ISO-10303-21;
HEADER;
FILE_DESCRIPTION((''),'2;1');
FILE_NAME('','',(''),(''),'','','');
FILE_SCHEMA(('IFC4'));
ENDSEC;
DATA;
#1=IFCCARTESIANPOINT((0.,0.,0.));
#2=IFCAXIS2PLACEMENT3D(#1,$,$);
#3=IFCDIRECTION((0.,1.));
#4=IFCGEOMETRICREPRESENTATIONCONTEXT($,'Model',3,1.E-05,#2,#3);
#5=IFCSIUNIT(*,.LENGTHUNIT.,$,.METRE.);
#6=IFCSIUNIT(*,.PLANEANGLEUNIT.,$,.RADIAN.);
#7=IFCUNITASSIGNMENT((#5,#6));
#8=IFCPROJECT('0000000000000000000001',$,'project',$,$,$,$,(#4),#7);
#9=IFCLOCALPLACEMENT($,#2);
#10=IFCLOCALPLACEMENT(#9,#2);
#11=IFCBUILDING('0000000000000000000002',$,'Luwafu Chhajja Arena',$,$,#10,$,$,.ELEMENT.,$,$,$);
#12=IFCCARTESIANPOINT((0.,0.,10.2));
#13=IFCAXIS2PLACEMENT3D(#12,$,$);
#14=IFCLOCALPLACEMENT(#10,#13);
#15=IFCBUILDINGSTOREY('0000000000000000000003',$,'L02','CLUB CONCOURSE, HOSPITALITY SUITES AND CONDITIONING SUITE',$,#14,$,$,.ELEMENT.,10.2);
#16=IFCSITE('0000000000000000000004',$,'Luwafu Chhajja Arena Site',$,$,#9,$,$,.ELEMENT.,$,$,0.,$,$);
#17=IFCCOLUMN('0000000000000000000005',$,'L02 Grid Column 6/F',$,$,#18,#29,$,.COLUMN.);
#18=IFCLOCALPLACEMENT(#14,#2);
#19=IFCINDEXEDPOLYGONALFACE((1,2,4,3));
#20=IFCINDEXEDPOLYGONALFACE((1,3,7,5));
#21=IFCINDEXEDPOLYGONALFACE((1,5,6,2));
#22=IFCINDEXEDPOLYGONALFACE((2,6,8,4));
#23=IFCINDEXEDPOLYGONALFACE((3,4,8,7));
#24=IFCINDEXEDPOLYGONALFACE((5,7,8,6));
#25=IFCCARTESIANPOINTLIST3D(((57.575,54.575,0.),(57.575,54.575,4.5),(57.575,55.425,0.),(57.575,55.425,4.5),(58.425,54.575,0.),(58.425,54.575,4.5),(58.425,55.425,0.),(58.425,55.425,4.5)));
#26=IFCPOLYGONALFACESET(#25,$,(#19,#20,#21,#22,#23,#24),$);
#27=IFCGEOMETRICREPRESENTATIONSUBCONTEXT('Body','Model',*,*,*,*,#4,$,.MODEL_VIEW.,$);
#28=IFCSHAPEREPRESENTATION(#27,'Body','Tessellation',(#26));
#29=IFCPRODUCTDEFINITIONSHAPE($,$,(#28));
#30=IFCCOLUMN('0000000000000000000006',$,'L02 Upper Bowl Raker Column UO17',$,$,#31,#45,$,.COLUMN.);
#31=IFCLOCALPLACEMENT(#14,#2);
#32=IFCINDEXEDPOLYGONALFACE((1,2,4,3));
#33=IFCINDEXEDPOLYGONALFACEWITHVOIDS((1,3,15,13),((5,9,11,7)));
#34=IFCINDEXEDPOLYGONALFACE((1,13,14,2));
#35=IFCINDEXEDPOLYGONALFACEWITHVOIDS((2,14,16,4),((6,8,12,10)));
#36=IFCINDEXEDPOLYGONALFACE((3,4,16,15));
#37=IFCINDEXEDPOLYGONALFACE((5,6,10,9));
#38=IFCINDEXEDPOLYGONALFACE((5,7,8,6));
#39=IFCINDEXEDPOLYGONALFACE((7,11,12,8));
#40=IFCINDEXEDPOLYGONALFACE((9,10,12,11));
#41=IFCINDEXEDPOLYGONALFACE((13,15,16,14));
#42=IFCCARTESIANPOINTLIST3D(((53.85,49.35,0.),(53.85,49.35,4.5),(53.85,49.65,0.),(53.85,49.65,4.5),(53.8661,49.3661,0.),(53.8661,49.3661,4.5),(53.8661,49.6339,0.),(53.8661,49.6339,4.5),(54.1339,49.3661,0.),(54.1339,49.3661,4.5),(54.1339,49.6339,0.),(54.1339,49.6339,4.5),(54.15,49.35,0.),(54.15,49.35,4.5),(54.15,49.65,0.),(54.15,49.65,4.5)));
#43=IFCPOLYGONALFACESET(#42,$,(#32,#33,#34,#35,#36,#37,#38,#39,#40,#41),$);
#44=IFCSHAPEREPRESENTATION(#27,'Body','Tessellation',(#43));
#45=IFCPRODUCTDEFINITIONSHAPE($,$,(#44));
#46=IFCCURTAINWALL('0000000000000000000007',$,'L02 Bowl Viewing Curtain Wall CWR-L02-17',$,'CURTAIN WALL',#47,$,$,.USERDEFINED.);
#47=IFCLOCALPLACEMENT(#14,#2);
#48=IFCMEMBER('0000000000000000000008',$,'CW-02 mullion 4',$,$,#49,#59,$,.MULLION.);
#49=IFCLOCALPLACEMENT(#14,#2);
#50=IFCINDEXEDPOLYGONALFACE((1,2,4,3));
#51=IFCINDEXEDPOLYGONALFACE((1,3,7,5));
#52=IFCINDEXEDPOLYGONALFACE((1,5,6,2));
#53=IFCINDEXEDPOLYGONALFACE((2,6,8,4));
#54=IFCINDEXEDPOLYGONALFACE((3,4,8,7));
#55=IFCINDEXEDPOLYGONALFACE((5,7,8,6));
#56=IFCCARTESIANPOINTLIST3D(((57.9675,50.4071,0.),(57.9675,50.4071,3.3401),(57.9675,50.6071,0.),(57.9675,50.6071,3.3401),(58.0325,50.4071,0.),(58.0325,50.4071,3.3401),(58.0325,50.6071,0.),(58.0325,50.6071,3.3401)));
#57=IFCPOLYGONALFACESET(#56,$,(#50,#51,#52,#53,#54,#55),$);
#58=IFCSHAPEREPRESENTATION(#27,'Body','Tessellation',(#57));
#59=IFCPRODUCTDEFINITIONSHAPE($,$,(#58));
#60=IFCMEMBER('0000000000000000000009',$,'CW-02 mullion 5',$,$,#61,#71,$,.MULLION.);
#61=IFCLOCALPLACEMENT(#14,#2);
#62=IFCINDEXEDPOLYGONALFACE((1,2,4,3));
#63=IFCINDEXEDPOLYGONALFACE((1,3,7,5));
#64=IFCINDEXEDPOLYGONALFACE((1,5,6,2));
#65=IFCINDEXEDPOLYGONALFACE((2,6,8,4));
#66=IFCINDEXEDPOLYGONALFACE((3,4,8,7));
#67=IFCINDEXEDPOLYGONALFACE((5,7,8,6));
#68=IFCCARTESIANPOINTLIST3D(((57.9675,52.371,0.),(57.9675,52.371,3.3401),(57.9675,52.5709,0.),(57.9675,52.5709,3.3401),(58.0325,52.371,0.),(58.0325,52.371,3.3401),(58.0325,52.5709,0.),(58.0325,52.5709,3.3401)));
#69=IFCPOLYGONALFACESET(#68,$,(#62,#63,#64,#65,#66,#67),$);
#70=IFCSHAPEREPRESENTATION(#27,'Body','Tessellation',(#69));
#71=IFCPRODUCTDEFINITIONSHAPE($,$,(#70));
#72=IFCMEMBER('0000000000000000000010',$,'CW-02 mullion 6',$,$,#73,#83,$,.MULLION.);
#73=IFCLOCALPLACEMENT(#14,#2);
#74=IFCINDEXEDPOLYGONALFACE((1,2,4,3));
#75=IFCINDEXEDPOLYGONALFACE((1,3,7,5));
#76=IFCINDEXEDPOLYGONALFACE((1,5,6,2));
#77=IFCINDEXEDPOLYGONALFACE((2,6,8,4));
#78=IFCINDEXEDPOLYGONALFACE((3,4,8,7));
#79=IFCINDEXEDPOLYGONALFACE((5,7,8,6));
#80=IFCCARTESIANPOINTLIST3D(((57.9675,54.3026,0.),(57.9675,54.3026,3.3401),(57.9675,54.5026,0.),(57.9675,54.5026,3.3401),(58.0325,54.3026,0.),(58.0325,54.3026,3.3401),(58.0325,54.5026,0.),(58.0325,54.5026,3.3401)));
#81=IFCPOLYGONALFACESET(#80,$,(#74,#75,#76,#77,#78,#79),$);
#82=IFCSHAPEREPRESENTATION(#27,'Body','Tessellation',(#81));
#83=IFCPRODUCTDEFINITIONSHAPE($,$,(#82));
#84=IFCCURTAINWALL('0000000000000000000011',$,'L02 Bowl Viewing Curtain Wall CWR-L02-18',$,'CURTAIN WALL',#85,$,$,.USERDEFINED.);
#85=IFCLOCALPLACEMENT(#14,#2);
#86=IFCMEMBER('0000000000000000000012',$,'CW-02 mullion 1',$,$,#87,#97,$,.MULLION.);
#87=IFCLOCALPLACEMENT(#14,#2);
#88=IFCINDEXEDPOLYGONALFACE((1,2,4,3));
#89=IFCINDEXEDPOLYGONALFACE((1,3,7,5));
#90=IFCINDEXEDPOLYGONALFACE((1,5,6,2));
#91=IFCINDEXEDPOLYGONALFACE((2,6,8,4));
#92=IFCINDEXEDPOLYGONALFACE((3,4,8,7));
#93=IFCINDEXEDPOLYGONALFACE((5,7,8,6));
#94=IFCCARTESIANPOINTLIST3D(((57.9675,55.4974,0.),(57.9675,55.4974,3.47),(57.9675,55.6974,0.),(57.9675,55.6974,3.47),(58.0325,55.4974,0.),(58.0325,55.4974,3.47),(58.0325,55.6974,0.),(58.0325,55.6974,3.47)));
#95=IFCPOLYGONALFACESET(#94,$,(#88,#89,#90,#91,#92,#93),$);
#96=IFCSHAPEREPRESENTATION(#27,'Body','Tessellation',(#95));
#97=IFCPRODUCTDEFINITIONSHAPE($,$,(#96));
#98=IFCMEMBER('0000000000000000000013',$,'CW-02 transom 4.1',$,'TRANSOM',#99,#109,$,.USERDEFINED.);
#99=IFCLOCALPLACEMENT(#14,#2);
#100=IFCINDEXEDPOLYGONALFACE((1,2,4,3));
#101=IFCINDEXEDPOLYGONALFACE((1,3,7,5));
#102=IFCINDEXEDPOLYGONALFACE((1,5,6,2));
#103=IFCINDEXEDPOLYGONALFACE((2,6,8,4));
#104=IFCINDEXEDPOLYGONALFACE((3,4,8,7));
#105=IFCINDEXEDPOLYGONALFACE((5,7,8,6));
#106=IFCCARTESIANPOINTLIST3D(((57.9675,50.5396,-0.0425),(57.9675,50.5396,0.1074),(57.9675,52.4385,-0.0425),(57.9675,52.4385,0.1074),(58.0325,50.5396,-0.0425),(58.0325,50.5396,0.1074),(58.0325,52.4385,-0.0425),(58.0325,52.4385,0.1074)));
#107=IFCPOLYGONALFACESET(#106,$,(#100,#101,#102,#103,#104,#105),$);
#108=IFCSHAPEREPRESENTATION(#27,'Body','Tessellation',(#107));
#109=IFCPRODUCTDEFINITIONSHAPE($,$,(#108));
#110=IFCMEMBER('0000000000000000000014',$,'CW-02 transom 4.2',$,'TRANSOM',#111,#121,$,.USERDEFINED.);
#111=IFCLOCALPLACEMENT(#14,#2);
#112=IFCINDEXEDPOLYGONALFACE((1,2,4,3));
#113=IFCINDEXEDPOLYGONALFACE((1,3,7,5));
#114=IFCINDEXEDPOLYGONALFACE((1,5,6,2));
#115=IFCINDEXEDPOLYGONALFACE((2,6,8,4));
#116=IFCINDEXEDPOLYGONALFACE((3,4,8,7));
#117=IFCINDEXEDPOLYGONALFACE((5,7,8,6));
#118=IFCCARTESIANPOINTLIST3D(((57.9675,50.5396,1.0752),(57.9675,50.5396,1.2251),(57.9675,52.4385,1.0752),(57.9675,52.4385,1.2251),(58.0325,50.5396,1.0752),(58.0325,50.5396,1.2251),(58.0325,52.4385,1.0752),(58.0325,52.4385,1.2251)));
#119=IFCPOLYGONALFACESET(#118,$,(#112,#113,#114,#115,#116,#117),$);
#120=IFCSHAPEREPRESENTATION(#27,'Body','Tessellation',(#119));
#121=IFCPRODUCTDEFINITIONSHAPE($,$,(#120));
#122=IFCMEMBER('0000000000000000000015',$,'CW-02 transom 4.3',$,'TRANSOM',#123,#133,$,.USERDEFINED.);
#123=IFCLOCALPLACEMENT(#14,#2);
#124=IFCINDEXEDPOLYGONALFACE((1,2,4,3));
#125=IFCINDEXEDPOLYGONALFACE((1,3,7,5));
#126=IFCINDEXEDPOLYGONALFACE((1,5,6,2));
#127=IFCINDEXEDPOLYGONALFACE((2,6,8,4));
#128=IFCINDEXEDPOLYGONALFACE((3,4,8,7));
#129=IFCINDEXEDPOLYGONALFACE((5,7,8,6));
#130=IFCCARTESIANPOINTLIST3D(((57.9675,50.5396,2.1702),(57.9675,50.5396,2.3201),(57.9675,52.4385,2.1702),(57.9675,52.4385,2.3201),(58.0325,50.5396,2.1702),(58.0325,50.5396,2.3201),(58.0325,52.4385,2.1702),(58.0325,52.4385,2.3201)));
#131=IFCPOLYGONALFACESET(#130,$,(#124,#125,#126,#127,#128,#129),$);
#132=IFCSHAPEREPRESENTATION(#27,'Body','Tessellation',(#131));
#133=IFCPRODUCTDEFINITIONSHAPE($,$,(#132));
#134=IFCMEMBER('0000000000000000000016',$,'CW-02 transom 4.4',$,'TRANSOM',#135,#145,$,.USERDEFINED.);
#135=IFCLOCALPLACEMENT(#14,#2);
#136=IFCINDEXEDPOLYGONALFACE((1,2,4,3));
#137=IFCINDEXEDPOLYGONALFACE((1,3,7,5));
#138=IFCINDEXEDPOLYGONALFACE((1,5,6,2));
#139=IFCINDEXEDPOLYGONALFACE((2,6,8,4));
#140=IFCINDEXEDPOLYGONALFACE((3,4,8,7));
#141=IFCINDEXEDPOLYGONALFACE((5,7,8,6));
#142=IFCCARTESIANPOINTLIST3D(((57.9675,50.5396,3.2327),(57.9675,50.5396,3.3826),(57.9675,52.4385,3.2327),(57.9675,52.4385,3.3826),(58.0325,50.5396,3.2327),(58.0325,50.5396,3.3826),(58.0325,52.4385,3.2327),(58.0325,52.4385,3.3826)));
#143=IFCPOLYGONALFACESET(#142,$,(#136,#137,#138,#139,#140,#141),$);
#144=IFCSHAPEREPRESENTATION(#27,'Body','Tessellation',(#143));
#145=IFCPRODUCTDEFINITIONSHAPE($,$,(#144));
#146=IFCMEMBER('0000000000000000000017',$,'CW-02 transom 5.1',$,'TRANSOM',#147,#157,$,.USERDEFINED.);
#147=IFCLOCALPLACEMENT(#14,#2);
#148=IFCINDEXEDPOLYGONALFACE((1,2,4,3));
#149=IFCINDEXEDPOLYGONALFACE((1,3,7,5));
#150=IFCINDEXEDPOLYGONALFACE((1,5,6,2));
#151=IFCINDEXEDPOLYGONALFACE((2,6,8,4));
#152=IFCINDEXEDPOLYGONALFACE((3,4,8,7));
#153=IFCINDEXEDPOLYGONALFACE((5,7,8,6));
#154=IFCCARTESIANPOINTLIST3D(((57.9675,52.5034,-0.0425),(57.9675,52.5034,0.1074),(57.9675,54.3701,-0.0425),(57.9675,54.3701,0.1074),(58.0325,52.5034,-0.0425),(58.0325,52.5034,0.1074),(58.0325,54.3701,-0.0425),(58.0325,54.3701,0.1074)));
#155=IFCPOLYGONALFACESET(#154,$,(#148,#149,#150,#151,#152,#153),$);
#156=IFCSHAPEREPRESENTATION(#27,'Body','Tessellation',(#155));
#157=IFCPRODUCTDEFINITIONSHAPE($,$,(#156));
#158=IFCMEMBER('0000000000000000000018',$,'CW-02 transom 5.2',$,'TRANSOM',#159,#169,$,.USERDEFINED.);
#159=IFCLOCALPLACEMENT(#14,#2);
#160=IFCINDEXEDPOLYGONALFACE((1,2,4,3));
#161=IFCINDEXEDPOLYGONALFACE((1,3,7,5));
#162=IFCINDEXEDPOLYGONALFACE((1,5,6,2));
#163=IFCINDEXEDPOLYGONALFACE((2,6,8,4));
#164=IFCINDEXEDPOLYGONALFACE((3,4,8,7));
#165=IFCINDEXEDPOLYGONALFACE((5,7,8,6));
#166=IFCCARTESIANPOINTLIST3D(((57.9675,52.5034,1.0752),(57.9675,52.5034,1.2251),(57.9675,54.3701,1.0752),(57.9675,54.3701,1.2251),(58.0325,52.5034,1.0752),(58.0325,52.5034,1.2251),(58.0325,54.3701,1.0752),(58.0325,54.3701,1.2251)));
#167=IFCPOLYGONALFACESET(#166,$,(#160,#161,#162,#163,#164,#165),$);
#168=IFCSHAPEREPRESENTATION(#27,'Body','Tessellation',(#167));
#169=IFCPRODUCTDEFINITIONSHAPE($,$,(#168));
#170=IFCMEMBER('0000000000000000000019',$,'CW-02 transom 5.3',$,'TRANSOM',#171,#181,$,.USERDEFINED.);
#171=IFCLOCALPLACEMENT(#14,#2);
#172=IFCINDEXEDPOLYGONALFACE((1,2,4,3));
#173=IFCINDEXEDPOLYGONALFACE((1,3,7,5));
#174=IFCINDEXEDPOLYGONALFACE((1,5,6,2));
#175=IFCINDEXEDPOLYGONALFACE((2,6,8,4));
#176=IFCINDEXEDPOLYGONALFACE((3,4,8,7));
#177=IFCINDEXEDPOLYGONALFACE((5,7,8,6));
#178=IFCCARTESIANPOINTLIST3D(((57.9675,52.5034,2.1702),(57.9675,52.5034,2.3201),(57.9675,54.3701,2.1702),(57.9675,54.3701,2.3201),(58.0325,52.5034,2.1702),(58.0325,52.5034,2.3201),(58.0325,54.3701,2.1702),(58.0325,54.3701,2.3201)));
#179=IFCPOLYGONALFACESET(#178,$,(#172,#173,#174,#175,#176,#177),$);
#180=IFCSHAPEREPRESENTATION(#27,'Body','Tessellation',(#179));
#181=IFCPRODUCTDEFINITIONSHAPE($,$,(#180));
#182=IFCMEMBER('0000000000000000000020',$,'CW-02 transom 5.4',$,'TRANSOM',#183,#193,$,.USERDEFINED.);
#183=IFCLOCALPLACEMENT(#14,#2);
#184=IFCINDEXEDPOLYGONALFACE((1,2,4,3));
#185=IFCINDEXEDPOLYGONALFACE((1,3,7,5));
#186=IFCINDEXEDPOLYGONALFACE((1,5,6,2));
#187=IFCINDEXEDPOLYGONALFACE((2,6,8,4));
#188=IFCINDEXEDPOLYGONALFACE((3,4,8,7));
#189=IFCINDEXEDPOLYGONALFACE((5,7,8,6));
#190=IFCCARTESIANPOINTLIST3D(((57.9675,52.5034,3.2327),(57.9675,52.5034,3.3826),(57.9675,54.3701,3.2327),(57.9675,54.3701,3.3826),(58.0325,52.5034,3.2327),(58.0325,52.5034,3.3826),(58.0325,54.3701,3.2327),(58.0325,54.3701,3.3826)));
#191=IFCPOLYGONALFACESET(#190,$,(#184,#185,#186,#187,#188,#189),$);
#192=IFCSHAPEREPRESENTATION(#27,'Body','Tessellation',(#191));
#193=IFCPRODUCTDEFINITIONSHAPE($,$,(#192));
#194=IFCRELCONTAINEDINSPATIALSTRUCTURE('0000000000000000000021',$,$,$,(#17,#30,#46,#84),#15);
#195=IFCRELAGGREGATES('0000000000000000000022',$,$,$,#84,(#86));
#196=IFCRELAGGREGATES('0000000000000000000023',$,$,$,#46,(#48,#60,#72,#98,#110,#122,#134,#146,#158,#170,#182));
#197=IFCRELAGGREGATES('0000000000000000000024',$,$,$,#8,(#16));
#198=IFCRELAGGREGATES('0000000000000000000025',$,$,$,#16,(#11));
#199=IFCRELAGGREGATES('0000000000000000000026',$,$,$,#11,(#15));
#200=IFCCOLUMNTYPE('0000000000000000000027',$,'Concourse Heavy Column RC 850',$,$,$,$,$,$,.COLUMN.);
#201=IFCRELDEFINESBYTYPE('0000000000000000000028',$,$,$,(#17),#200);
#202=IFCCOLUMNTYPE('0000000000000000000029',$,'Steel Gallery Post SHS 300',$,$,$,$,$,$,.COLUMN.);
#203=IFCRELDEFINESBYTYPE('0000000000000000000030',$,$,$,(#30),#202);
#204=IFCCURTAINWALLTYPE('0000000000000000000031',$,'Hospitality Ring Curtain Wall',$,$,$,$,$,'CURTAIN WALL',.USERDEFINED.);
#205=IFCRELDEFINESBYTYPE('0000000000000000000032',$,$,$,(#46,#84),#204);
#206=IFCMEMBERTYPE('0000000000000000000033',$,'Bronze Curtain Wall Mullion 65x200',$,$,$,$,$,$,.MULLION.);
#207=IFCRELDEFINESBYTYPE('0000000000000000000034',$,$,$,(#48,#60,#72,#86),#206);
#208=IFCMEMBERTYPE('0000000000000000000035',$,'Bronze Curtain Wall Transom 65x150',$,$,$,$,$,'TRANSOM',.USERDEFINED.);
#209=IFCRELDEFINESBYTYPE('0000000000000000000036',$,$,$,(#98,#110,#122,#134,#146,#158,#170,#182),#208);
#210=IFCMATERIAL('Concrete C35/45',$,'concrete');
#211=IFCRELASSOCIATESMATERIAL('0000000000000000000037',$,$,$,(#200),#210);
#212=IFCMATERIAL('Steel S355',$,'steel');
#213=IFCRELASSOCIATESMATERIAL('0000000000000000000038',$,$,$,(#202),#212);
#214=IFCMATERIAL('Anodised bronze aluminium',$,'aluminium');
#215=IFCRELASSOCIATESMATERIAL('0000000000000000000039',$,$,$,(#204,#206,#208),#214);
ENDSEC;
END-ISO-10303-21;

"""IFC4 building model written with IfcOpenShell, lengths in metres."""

from ifc_helpers import new_model, si_unit, direction, frame, origin, origin_2d, place, context, subcontext, project, spatial, rectangle, hollow_rectangle, extrude, material, material_profile, profile_set, type_object, element, aggregate, save


model = new_model("IFC4")

# Units and contexts
model_context = context("Model", 3, precision=1e-05, world=origin(), true_north=direction((0.0, 1.0)))
body_context = subcontext(model_context, "Body", "Model", "MODEL_VIEW")
ifc_project = project(units=[si_unit("LENGTHUNIT", "METRE"), si_unit("PLANEANGLEUNIT", "RADIAN")], contexts=[model_context])

# Site, building, storey
site_placement = place(None, origin())
site = spatial("IfcSite", under=ifc_project, at=site_placement, Name="Luwafu Chhajja Arena Site", CompositionType="ELEMENT", RefElevation=0.0)
building_placement = place(site_placement, origin())
building = spatial("IfcBuilding", under=site, at=building_placement, Name="Luwafu Chhajja Arena", CompositionType="ELEMENT")
storey_placement = place(building_placement, frame((0.0, 0.0, 10.2)))
storey = spatial("IfcBuildingStorey", under=building, at=storey_placement, Name="L02", Description="CLUB CONCOURSE, HOSPITALITY SUITES AND CONDITIONING SUITE", CompositionType="ELEMENT", Elevation=10.2)

# Columns
ifc_material_1 = material(Name="Concrete C35/45", Category="concrete")
ifc_material_profile_1 = material_profile(ifc_material_1, rectangle(XDim=0.8501, YDim=0.8501, at=origin_2d()), Name="RC 850x850")
ifc_profile_set_1 = profile_set([ifc_material_profile_1], Name="Concrete C35/45")
column_type_1 = type_object("IfcColumnType", Name="Concourse Heavy Column RC 850", PredefinedType="COLUMN", material=ifc_profile_set_1)
column_1_placement = place(storey_placement, frame((58.0, 55.0, 0.0), z_axis=(0.0, 0.0, 1.0), x_axis=(1.0, 0.0, 0.0)))
element("IfcColumn", 1, at=column_1_placement, inside=storey, type_object=column_type_1, Name="L02 Grid Column 6/F", PredefinedType="COLUMN", context=body_context, shape_type="SweptSolid", body=[
    extrude(rectangle(XDim=0.8501, YDim=0.8501, at=origin_2d()), origin(), (0.0, 0.0, 1.0), 4.5),
])
ifc_material_2 = material(Name="Steel S355", Category="steel")
ifc_material_profile_2 = material_profile(ifc_material_2, hollow_rectangle(XDim=0.3, YDim=0.3, WallThickness=0.0161, at=origin_2d()), Name="SHS 300x300x16")
ifc_profile_set_2 = profile_set([ifc_material_profile_2], Name="Steel S355")
column_type_2 = type_object("IfcColumnType", Name="Steel Gallery Post SHS 300", PredefinedType="COLUMN", material=ifc_profile_set_2)
column_2_placement = place(storey_placement, frame((54.0, 49.5, 0.0), z_axis=(0.0, 0.0, 1.0), x_axis=(1.0, 0.0, 0.0)))
element("IfcColumn", 2, at=column_2_placement, inside=storey, type_object=column_type_2, Name="L02 Upper Bowl Raker Column UO17", PredefinedType="COLUMN", context=body_context, shape_type="SweptSolid", body=[
    extrude(hollow_rectangle(XDim=0.3, YDim=0.3, WallThickness=0.0161, at=origin_2d()), origin(), (0.0, 0.0, 1.0), 4.5),
])

# Curtain wall, members
ifc_material_3 = material(Name="Anodised bronze aluminium", Category="aluminium")
curtain_wall_type = type_object("IfcCurtainWallType", Name="Hospitality Ring Curtain Wall", ElementType="CURTAIN WALL", PredefinedType="USERDEFINED", material=ifc_material_3)
curtain_wall_1_placement = place(storey_placement, origin())
curtain_wall_1 = element("IfcCurtainWall", 3, at=curtain_wall_1_placement, inside=storey, type_object=curtain_wall_type, Name="L02 Bowl Viewing Curtain Wall CWR-L02-17", ObjectType="CURTAIN WALL", PredefinedType="USERDEFINED")
ifc_material_profile_3 = material_profile(ifc_material_3, rectangle(XDim=0.0649, YDim=0.2, at=origin_2d()), Name="CWM 65x200")
ifc_profile_set_3 = profile_set([ifc_material_profile_3], Name="Anodised bronze aluminium")
member_type_1 = type_object("IfcMemberType", Name="Bronze Curtain Wall Mullion 65x200", PredefinedType="MULLION", material=ifc_profile_set_3)
member_1_placement = place(storey_placement, frame((58.0, 50.5071, 0.0), z_axis=(0.0, 0.0, 1.0), x_axis=(-1.0, 0.0, 0.0)))
member_1 = element("IfcMember", 4, at=member_1_placement, type_object=member_type_1, Name="CW-02 mullion 4", PredefinedType="MULLION", context=body_context, shape_type="SweptSolid", body=[
    extrude(rectangle(XDim=0.0649, YDim=0.2, at=origin_2d()), origin(), (0.0, 0.0, 1.0), 3.3401),
])
member_2_placement = place(storey_placement, frame((58.0, 52.4709, 0.0), z_axis=(0.0, 0.0, 1.0), x_axis=(-1.0, 0.0, 0.0)))
member_2 = element("IfcMember", 5, at=member_2_placement, type_object=member_type_1, Name="CW-02 mullion 5", PredefinedType="MULLION", context=body_context, shape_type="SweptSolid", body=[
    extrude(rectangle(XDim=0.0649, YDim=0.2, at=origin_2d()), origin(), (0.0, 0.0, 1.0), 3.3401),
])
member_3_placement = place(storey_placement, frame((58.0, 54.4026, 0.0), z_axis=(0.0, 0.0, 1.0), x_axis=(-1.0, 0.0, 0.0)))
member_3 = element("IfcMember", 6, at=member_3_placement, type_object=member_type_1, Name="CW-02 mullion 6", PredefinedType="MULLION", context=body_context, shape_type="SweptSolid", body=[
    extrude(rectangle(XDim=0.0649, YDim=0.2, at=origin_2d()), origin(), (0.0, 0.0, 1.0), 3.3401),
])

# Curtain wall, member
curtain_wall_2_placement = place(storey_placement, origin())
curtain_wall_2 = element("IfcCurtainWall", 7, at=curtain_wall_2_placement, inside=storey, type_object=curtain_wall_type, Name="L02 Bowl Viewing Curtain Wall CWR-L02-18", ObjectType="CURTAIN WALL", PredefinedType="USERDEFINED")
member_4_placement = place(storey_placement, frame((58.0, 55.5974, 0.0), z_axis=(0.0, 0.0, 1.0), x_axis=(-1.0, 0.0, 0.0)))
member_4 = element("IfcMember", 8, at=member_4_placement, type_object=member_type_1, Name="CW-02 mullion 1", PredefinedType="MULLION", context=body_context, shape_type="SweptSolid", body=[
    extrude(rectangle(XDim=0.0649, YDim=0.2, at=origin_2d()), origin(), (0.0, 0.0, 1.0), 3.47),
])

# Members
ifc_material_profile_4 = material_profile(ifc_material_3, rectangle(XDim=0.0649, YDim=0.1499, at=origin_2d()), Name="CWT 65x150")
ifc_profile_set_4 = profile_set([ifc_material_profile_4], Name="Anodised bronze aluminium")
member_type_2 = type_object("IfcMemberType", Name="Bronze Curtain Wall Transom 65x150", ElementType="TRANSOM", PredefinedType="USERDEFINED", material=ifc_profile_set_4)
member_5_placement = place(storey_placement, frame((58.0, 50.5396, 0.0325), z_axis=(0.0, 1.0, 0.0), x_axis=(-1.0, 0.0, 0.0)))
member_5 = element("IfcMember", 9, at=member_5_placement, type_object=member_type_2, Name="CW-02 transom 4.1", ObjectType="TRANSOM", PredefinedType="USERDEFINED", context=body_context, shape_type="SweptSolid", body=[
    extrude(rectangle(XDim=0.0649, YDim=0.1499, at=origin_2d()), origin(), (0.0, 0.0, 1.0), 1.8989),
])
member_6_placement = place(storey_placement, frame((58.0, 50.5396, 1.1501), z_axis=(0.0, 1.0, 0.0), x_axis=(-1.0, 0.0, 0.0)))
member_6 = element("IfcMember", 10, at=member_6_placement, type_object=member_type_2, Name="CW-02 transom 4.2", ObjectType="TRANSOM", PredefinedType="USERDEFINED", context=body_context, shape_type="SweptSolid", body=[
    extrude(rectangle(XDim=0.0649, YDim=0.1499, at=origin_2d()), origin(), (0.0, 0.0, 1.0), 1.8989),
])
member_7_placement = place(storey_placement, frame((58.0, 50.5396, 2.2451), z_axis=(0.0, 1.0, 0.0), x_axis=(-1.0, 0.0, 0.0)))
member_7 = element("IfcMember", 11, at=member_7_placement, type_object=member_type_2, Name="CW-02 transom 4.3", ObjectType="TRANSOM", PredefinedType="USERDEFINED", context=body_context, shape_type="SweptSolid", body=[
    extrude(rectangle(XDim=0.0649, YDim=0.1499, at=origin_2d()), origin(), (0.0, 0.0, 1.0), 1.8989),
])
member_8_placement = place(storey_placement, frame((58.0, 50.5396, 3.3076), z_axis=(0.0, 1.0, 0.0), x_axis=(-1.0, 0.0, 0.0)))
member_8 = element("IfcMember", 12, at=member_8_placement, type_object=member_type_2, Name="CW-02 transom 4.4", ObjectType="TRANSOM", PredefinedType="USERDEFINED", context=body_context, shape_type="SweptSolid", body=[
    extrude(rectangle(XDim=0.0649, YDim=0.1499, at=origin_2d()), origin(), (0.0, 0.0, 1.0), 1.8989),
])
member_9_placement = place(storey_placement, frame((58.0, 52.5034, 0.0325), z_axis=(0.0, 1.0, 0.0), x_axis=(-1.0, 0.0, 0.0)))
member_9 = element("IfcMember", 13, at=member_9_placement, type_object=member_type_2, Name="CW-02 transom 5.1", ObjectType="TRANSOM", PredefinedType="USERDEFINED", context=body_context, shape_type="SweptSolid", body=[
    extrude(rectangle(XDim=0.0649, YDim=0.1499, at=origin_2d()), origin(), (0.0, 0.0, 1.0), 1.8667),
])
member_10_placement = place(storey_placement, frame((58.0, 52.5034, 1.1501), z_axis=(0.0, 1.0, 0.0), x_axis=(-1.0, 0.0, 0.0)))
member_10 = element("IfcMember", 14, at=member_10_placement, type_object=member_type_2, Name="CW-02 transom 5.2", ObjectType="TRANSOM", PredefinedType="USERDEFINED", context=body_context, shape_type="SweptSolid", body=[
    extrude(rectangle(XDim=0.0649, YDim=0.1499, at=origin_2d()), origin(), (0.0, 0.0, 1.0), 1.8667),
])
member_11_placement = place(storey_placement, frame((58.0, 52.5034, 2.2451), z_axis=(0.0, 1.0, 0.0), x_axis=(-1.0, 0.0, 0.0)))
member_11 = element("IfcMember", 15, at=member_11_placement, type_object=member_type_2, Name="CW-02 transom 5.3", ObjectType="TRANSOM", PredefinedType="USERDEFINED", context=body_context, shape_type="SweptSolid", body=[
    extrude(rectangle(XDim=0.0649, YDim=0.1499, at=origin_2d()), origin(), (0.0, 0.0, 1.0), 1.8667),
])
member_12_placement = place(storey_placement, frame((58.0, 52.5034, 3.3076), z_axis=(0.0, 1.0, 0.0), x_axis=(-1.0, 0.0, 0.0)))
member_12 = element("IfcMember", 16, at=member_12_placement, type_object=member_type_2, Name="CW-02 transom 5.4", ObjectType="TRANSOM", PredefinedType="USERDEFINED", context=body_context, shape_type="SweptSolid", body=[
    extrude(rectangle(XDim=0.0649, YDim=0.1499, at=origin_2d()), origin(), (0.0, 0.0, 1.0), 1.8667),
])
aggregate(curtain_wall_2, [member_4])

aggregate(curtain_wall_1, [member_1, member_2, member_3, member_5, member_6, member_7, member_8, member_9, member_10, member_11, member_12])

save(model, "model.ifc")
